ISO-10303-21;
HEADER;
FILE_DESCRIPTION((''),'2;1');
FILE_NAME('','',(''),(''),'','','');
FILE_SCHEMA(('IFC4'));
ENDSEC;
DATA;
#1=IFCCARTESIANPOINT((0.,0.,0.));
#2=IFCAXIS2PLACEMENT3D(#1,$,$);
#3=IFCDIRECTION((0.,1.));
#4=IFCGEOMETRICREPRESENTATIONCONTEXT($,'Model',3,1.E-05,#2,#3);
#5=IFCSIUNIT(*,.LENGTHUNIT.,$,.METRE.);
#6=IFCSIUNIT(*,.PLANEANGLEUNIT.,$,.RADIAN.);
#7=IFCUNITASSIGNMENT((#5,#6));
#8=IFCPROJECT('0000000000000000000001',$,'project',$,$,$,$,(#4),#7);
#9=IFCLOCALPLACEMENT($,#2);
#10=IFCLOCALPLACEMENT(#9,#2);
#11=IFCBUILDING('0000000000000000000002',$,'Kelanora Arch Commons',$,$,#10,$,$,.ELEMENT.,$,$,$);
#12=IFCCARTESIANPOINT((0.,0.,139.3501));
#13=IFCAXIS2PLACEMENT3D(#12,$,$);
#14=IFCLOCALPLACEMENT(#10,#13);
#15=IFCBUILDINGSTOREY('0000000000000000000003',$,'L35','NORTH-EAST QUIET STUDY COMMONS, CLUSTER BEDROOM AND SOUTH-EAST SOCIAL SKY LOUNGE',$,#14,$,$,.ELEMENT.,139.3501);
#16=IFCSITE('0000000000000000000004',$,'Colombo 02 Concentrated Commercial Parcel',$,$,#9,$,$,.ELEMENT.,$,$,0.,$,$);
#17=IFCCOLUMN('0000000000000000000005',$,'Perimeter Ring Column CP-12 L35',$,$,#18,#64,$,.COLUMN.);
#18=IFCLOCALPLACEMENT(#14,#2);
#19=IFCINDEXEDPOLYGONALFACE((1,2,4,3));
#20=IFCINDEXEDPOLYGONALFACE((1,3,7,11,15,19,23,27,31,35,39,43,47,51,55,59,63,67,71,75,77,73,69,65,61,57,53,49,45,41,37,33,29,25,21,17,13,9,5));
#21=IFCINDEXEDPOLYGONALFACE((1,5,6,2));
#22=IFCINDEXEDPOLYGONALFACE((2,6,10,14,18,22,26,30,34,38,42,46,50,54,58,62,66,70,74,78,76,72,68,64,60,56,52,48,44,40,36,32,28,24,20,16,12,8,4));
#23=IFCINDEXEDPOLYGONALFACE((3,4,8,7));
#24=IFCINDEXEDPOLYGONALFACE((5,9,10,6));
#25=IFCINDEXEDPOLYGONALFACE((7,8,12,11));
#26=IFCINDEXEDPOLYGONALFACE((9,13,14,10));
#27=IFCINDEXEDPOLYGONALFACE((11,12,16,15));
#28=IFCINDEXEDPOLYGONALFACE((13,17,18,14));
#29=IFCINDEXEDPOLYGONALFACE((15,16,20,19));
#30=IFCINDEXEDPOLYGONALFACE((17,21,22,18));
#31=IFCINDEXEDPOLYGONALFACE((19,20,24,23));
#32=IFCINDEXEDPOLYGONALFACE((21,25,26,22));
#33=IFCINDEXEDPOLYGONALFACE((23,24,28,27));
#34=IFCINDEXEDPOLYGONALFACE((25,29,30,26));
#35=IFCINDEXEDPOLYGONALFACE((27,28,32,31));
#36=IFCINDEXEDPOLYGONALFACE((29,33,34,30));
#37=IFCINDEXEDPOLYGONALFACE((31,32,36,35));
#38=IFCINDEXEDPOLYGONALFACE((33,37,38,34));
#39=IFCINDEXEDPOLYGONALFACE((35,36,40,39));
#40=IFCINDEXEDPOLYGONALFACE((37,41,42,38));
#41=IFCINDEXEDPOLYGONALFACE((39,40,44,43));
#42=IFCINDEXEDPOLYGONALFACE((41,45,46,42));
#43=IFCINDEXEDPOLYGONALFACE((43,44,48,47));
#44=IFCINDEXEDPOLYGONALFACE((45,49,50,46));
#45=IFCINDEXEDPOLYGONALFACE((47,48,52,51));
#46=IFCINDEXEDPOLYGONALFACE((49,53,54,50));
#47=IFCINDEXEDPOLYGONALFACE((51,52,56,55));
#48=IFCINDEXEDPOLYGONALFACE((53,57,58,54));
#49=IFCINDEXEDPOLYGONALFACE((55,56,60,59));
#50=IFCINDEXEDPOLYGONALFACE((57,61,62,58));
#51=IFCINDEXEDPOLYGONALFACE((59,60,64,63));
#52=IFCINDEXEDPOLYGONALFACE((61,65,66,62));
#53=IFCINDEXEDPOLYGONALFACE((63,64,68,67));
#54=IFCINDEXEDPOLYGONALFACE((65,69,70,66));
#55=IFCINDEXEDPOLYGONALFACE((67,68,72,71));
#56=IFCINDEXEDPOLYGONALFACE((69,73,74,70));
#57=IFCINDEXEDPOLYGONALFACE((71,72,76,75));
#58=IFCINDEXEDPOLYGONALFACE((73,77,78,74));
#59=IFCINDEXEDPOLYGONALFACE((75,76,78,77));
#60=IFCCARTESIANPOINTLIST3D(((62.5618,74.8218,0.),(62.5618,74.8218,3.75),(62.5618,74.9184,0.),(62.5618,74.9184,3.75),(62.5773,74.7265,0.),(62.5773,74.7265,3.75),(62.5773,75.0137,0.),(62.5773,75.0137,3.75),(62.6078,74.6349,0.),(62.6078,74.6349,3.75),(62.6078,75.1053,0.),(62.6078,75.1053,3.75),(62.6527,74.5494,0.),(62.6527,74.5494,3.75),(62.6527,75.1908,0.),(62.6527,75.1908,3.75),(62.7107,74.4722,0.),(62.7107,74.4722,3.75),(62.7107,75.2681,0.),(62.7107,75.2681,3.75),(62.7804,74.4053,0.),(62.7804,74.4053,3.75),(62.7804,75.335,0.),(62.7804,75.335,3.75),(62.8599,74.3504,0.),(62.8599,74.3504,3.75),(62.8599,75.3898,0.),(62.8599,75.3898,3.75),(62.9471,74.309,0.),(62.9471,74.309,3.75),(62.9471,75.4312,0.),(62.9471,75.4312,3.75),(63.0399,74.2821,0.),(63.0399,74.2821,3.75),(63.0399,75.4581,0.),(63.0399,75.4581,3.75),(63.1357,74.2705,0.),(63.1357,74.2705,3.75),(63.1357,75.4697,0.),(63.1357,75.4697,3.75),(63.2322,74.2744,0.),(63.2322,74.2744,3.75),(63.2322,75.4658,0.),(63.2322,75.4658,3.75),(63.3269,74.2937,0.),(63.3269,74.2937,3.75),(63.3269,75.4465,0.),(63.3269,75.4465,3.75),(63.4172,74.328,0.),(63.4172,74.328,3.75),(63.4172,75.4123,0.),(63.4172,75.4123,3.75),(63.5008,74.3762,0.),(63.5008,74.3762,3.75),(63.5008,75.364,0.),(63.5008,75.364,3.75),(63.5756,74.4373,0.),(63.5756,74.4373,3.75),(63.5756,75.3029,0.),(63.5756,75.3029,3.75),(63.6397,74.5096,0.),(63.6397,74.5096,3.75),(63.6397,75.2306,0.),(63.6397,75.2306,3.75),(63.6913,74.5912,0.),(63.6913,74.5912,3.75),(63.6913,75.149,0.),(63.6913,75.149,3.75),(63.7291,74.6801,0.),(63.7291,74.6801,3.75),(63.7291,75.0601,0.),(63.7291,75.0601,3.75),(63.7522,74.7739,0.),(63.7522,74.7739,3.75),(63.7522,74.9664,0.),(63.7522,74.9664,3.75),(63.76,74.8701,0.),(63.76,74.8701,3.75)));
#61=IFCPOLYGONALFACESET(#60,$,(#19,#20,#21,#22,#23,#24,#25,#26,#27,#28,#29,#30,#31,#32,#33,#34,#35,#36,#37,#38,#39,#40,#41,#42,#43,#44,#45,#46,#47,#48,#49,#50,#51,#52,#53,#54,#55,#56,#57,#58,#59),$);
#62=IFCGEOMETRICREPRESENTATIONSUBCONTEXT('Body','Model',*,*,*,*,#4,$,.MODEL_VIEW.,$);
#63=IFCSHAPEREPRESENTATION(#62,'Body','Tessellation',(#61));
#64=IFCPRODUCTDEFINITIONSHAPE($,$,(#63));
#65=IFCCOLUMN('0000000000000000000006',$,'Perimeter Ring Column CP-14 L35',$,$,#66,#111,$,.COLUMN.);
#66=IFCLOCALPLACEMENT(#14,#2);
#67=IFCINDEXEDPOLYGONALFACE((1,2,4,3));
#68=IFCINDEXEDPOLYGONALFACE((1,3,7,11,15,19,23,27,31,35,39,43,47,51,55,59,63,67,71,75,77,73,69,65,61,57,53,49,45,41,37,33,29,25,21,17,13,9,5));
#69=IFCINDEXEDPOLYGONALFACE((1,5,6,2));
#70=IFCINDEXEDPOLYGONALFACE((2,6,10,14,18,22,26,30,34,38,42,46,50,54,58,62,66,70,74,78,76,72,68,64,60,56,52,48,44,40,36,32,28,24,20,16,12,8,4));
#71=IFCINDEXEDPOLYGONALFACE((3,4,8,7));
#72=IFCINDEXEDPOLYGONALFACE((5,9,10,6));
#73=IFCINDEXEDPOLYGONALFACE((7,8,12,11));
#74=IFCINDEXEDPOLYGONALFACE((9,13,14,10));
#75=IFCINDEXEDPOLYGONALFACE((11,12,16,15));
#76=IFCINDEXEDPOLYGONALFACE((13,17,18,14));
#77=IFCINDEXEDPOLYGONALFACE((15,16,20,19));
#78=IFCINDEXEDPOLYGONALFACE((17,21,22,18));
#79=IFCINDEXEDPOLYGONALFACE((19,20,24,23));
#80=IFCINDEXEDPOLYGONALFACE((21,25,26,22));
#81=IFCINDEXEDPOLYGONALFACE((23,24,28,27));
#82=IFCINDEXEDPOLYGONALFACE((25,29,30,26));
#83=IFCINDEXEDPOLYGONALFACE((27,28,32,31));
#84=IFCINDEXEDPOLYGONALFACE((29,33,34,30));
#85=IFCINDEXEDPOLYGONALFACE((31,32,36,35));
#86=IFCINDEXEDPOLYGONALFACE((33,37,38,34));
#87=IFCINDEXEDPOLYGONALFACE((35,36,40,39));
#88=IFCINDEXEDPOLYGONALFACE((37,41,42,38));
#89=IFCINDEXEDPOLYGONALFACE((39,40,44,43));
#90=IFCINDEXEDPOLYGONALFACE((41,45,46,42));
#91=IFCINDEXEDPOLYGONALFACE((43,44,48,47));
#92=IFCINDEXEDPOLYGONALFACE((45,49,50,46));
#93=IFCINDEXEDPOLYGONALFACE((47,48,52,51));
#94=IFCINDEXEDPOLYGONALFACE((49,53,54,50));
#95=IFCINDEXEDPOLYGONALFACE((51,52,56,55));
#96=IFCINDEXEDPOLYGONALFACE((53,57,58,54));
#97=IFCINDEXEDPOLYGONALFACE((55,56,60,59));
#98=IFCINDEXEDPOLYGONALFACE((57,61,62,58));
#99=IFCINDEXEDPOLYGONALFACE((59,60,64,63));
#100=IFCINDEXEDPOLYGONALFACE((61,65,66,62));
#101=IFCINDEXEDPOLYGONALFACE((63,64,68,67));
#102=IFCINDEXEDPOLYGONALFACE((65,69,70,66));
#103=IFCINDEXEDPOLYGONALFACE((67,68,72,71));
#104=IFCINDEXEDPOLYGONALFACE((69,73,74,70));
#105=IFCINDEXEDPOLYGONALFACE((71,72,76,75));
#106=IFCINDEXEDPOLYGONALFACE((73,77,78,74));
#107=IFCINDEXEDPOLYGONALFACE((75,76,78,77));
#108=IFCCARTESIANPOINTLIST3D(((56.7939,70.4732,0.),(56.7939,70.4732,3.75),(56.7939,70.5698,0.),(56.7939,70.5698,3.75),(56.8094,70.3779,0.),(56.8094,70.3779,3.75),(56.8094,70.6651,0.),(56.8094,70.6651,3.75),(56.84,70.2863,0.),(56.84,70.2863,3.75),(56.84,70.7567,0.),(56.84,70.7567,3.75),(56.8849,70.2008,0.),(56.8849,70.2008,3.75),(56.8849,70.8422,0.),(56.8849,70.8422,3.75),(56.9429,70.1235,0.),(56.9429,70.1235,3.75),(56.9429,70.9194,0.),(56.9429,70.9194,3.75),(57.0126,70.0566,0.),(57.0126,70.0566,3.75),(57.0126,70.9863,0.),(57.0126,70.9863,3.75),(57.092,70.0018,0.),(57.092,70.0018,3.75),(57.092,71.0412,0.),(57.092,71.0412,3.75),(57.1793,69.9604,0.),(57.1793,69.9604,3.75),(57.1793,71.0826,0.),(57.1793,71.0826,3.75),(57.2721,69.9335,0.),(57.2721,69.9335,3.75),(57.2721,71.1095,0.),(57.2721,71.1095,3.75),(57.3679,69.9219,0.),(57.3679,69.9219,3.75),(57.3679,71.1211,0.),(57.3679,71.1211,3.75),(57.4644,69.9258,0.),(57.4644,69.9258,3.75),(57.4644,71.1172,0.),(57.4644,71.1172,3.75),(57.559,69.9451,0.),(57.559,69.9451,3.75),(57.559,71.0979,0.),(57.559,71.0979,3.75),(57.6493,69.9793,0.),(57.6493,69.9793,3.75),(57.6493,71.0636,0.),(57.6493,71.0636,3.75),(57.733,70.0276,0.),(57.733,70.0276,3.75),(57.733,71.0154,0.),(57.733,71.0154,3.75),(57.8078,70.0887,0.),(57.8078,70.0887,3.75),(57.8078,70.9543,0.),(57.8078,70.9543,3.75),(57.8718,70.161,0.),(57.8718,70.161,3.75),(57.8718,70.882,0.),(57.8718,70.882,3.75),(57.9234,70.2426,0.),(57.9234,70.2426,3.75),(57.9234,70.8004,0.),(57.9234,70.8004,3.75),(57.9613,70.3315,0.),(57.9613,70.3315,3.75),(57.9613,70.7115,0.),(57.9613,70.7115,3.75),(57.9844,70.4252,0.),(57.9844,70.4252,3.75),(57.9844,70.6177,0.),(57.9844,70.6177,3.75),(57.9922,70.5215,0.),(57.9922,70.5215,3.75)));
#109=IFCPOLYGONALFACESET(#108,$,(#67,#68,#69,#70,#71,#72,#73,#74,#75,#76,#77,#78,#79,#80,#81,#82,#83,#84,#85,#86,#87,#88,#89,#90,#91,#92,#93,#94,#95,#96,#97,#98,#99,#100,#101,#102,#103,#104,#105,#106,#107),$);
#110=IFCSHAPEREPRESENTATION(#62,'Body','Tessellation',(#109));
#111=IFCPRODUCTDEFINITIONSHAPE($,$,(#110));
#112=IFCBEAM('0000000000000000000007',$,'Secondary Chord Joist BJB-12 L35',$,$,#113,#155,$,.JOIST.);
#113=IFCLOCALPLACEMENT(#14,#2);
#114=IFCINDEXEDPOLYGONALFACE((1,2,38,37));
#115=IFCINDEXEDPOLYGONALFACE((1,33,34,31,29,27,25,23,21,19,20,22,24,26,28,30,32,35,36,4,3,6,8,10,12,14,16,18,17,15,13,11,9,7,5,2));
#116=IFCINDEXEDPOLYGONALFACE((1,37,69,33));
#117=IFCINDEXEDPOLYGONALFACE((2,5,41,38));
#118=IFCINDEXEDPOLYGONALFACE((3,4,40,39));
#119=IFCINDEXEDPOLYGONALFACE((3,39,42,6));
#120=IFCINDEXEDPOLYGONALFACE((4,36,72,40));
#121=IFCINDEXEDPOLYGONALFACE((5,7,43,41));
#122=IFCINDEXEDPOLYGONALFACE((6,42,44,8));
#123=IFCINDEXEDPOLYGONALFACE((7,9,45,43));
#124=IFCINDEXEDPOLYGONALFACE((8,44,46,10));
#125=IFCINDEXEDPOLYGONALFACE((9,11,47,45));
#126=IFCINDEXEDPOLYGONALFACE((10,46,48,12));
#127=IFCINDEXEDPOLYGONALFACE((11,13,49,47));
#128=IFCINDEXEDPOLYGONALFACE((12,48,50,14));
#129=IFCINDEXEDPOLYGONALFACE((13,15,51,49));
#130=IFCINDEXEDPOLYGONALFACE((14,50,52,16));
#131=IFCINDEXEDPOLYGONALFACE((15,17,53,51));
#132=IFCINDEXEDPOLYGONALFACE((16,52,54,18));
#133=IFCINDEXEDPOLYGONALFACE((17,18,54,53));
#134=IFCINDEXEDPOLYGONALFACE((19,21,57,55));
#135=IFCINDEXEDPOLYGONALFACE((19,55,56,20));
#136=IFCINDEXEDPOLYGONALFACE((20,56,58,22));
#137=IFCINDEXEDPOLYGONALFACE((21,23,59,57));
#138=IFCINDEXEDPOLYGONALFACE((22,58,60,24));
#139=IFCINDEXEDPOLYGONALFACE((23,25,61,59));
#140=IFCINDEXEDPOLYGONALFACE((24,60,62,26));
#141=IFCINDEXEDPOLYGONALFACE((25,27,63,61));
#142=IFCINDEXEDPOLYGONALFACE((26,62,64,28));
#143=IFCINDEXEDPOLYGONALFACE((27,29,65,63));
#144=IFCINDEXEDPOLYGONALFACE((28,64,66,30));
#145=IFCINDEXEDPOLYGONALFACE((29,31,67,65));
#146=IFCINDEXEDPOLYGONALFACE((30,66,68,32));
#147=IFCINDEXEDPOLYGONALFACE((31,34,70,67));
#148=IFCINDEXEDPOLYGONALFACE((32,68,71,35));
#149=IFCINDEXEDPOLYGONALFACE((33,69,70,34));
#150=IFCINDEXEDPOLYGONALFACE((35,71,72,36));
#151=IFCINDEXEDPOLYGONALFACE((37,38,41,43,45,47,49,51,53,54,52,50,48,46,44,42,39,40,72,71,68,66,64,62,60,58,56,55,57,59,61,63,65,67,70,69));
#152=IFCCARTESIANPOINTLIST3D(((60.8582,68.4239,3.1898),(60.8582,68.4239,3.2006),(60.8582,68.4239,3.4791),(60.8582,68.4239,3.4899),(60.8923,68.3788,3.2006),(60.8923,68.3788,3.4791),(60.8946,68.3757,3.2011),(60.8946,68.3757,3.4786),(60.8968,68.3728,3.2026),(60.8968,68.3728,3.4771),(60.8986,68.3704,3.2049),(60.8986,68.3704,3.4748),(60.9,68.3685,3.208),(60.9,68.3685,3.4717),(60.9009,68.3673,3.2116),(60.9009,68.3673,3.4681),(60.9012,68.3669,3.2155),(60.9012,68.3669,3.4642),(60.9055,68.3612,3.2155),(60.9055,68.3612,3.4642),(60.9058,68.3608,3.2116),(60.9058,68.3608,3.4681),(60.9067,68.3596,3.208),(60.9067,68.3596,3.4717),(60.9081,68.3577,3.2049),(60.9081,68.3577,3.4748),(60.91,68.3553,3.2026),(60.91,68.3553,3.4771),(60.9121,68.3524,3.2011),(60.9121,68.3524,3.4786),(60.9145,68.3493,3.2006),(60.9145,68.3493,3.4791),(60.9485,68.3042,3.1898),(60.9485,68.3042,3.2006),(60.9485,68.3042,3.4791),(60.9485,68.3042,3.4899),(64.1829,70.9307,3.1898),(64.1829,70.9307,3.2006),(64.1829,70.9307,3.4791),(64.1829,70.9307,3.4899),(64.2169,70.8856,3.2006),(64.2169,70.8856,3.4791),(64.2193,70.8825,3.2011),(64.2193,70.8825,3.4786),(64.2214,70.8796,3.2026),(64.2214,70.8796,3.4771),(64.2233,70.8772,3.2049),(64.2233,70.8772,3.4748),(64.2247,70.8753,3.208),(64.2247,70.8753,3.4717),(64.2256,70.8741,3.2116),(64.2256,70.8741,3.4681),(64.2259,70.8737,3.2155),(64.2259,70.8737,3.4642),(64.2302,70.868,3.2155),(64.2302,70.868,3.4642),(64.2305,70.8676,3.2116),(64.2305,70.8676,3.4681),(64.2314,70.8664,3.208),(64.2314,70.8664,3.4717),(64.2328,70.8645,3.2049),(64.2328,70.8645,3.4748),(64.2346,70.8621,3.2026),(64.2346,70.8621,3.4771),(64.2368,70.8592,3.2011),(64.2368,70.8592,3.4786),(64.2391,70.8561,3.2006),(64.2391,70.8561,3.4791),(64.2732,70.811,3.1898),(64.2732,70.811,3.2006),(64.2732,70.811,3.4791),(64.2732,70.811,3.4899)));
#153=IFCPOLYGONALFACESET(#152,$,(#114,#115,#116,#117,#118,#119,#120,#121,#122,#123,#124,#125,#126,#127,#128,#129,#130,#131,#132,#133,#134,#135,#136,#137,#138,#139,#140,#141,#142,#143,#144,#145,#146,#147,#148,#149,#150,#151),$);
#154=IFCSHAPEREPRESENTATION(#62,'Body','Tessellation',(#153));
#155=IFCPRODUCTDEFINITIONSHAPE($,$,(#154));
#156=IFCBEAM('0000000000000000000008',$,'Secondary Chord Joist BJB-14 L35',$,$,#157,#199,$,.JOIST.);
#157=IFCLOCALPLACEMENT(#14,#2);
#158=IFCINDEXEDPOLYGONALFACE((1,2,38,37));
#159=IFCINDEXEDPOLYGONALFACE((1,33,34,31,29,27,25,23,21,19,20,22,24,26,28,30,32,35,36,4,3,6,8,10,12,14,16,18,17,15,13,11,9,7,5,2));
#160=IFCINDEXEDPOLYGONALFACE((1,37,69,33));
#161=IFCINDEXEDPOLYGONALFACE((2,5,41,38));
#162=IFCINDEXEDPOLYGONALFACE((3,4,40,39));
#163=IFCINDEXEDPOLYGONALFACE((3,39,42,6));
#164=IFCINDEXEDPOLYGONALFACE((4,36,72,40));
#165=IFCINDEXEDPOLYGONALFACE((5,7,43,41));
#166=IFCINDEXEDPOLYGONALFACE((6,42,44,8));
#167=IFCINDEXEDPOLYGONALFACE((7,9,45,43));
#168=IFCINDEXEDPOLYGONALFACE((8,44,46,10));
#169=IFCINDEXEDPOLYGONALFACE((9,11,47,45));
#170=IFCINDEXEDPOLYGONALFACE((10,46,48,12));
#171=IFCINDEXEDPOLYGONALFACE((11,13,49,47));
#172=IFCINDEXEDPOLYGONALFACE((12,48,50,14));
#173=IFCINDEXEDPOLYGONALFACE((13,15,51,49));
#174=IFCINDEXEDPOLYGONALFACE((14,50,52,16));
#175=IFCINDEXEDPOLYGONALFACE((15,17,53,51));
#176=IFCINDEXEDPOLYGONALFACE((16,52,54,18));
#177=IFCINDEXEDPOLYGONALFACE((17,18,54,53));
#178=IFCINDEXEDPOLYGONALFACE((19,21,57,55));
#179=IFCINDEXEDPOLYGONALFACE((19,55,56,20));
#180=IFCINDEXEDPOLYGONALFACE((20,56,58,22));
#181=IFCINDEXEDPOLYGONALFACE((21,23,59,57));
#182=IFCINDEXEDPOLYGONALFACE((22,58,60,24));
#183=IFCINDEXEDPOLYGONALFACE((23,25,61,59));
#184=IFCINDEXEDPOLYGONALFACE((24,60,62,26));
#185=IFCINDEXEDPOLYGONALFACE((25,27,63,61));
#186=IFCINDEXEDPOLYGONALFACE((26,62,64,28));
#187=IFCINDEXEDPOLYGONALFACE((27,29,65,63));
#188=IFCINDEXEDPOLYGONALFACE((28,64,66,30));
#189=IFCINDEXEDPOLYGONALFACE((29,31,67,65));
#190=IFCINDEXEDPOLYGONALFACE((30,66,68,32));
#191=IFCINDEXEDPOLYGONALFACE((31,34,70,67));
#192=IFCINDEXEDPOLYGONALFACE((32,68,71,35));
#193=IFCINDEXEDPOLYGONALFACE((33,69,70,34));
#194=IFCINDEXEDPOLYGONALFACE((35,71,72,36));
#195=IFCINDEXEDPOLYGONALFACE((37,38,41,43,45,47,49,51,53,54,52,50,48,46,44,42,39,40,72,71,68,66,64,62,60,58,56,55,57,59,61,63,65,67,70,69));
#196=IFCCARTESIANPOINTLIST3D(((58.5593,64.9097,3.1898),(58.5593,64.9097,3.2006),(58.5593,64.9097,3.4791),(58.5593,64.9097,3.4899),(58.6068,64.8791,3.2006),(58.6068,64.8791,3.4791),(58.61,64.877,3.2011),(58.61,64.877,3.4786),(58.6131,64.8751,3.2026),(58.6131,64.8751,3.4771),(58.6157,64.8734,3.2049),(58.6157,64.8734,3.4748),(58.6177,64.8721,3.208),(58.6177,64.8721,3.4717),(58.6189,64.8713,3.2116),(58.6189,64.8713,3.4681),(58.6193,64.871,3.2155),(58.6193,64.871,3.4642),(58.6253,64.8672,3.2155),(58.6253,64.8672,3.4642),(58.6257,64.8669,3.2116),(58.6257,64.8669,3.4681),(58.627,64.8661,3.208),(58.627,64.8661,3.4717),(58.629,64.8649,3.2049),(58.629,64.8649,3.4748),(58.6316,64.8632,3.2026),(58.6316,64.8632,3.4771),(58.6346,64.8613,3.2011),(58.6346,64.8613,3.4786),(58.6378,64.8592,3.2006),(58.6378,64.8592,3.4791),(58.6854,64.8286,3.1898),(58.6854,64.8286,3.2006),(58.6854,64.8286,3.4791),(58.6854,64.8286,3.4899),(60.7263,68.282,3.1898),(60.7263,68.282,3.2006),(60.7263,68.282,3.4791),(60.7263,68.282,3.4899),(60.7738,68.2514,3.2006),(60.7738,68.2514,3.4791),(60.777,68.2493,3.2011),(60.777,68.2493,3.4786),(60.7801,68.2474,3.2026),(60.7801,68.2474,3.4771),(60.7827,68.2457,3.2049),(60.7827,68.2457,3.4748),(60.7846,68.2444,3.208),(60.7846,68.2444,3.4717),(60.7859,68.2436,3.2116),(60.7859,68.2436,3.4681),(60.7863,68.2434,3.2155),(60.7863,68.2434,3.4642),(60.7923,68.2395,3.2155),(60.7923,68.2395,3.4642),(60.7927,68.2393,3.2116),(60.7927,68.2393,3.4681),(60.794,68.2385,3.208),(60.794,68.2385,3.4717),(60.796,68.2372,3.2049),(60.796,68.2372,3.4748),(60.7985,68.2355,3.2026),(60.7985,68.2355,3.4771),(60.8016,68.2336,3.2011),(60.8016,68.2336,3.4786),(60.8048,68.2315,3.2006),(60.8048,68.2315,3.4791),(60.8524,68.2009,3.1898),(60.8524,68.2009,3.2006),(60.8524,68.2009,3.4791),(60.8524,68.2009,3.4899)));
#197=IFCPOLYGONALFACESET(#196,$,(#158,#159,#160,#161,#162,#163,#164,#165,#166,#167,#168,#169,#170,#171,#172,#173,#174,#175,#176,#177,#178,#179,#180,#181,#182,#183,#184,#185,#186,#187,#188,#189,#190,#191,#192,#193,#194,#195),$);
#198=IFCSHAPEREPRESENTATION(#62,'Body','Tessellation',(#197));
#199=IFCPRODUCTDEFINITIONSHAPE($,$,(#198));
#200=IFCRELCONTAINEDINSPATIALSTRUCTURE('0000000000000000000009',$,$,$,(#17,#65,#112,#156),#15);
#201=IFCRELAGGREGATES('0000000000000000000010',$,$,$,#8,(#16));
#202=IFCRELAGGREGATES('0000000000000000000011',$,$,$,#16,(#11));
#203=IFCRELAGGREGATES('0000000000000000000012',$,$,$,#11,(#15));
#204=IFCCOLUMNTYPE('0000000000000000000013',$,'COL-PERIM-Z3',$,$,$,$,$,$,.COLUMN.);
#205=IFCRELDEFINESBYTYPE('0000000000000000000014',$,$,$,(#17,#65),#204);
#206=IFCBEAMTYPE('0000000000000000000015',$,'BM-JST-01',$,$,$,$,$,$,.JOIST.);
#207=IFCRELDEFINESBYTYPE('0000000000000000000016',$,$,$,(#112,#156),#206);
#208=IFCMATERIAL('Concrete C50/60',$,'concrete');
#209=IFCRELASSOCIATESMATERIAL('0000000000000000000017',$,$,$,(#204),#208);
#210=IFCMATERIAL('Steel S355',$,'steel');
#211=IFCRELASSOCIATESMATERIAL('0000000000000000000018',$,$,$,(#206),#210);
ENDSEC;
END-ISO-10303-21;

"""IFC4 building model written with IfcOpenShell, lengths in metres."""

from ifc_helpers import new_model, si_unit, direction, frame, origin, origin_2d, place, context, subcontext, project, spatial, circle, i_section, extrude, material, material_profile, profile_set, type_object, element, save


model = new_model("IFC4")

# Units and contexts
model_context = context("Model", 3, precision=1e-05, world=origin(), true_north=direction((0.0, 1.0)))
body_context = subcontext(model_context, "Body", "Model", "MODEL_VIEW")
ifc_project = project(units=[si_unit("LENGTHUNIT", "METRE"), si_unit("PLANEANGLEUNIT", "RADIAN")], contexts=[model_context])

# Site, building, storey
site_placement = place(None, origin())
site = spatial("IfcSite", under=ifc_project, at=site_placement, Name="Colombo 02 Concentrated Commercial Parcel", CompositionType="ELEMENT", RefElevation=0.0)
building_placement = place(site_placement, origin())
building = spatial("IfcBuilding", under=site, at=building_placement, Name="Kelanora Arch Commons", CompositionType="ELEMENT")
storey_placement = place(building_placement, frame((0.0, 0.0, 139.3501)))
storey = spatial("IfcBuildingStorey", under=building, at=storey_placement, Name="L35", Description="NORTH-EAST QUIET STUDY COMMONS, CLUSTER BEDROOM AND SOUTH-EAST SOCIAL SKY LOUNGE", CompositionType="ELEMENT", Elevation=139.3501)

# Columns
ifc_material_1 = material(Name="Concrete C50/60", Category="concrete")
ifc_material_profile_1 = material_profile(ifc_material_1, circle(Radius=0.6001, at=origin_2d()), Name="RCC1200")
ifc_profile_set_1 = profile_set([ifc_material_profile_1], Name="Concrete C50/60")
column_type = type_object("IfcColumnType", Name="COL-PERIM-Z3", PredefinedType="COLUMN", material=ifc_profile_set_1)
for number, where, z_axis, x_axis, name in (
    (1, (63.1599, 74.8701, 0.0), (0.0, 0.0, 1.0), (1.0, 0.0, 0.0), "Perimeter Ring Column CP-12 L35"),
    (2, (57.3921, 70.5215, 0.0), (0.0, 0.0, 1.0), (1.0, 0.0, 0.0), "Perimeter Ring Column CP-14 L35"),
):
    element("IfcColumn", number, at=place(storey_placement, frame(where, z_axis=z_axis, x_axis=x_axis)), inside=storey, type_object=column_type, Name=name, PredefinedType="COLUMN", context=body_context, shape_type="SweptSolid", body=[
        extrude(circle(Radius=0.6001, at=origin_2d()), origin(), (0.0, 0.0, 1.0), 3.75),
    ])

# Beams
ifc_material_2 = material(Name="Steel S355", Category="steel")
ifc_material_profile_2 = material_profile(ifc_material_2, i_section(OverallWidth=0.1499, OverallDepth=0.3, WebThickness=0.0071, FlangeThickness=0.0107, FilletRadius=0.0149, at=origin_2d()), Name="IPE300")
ifc_profile_set_2 = profile_set([ifc_material_profile_2], Name="Steel S355")
beam_type_1 = type_object("IfcBeamType", Name="BM-JST-01", PredefinedType="JOIST", material=ifc_profile_set_2)
beam_1_placement = place(storey_placement, frame((64.228, 70.8708, 3.3398), z_axis=(-0.798464, -0.602043, 0.0), x_axis=(0.602043, -0.798464, 0.0)))
element("IfcBeam", 3, at=beam_1_placement, inside=storey, type_object=beam_type_1, Name="Secondary Chord Joist BJB-12 L35", PredefinedType="JOIST", context=body_context, shape_type="SweptSolid", body=[
    extrude(i_section(OverallWidth=0.1499, OverallDepth=0.3, WebThickness=0.0071, FlangeThickness=0.0107, FilletRadius=0.0149, at=origin_2d()), origin(), (0.0, 0.0, 1.0), 4.1638),
])
beam_2_placement = place(storey_placement, frame((60.7893, 68.2415, 3.3398), z_axis=(-0.540594, -0.841283, 0.0), x_axis=(0.841283, -0.540594, 0.0)))
element("IfcBeam", 4, at=beam_2_placement, inside=storey, type_object=beam_type_1, Name="Secondary Chord Joist BJB-14 L35", PredefinedType="JOIST", context=body_context, shape_type="SweptSolid", body=[
    extrude(i_section(OverallWidth=0.1499, OverallDepth=0.3, WebThickness=0.0071, FlangeThickness=0.0107, FilletRadius=0.0149, at=origin_2d()), origin(), (0.0, 0.0, 1.0), 4.0085),
])

save(model, "model.ifc")
